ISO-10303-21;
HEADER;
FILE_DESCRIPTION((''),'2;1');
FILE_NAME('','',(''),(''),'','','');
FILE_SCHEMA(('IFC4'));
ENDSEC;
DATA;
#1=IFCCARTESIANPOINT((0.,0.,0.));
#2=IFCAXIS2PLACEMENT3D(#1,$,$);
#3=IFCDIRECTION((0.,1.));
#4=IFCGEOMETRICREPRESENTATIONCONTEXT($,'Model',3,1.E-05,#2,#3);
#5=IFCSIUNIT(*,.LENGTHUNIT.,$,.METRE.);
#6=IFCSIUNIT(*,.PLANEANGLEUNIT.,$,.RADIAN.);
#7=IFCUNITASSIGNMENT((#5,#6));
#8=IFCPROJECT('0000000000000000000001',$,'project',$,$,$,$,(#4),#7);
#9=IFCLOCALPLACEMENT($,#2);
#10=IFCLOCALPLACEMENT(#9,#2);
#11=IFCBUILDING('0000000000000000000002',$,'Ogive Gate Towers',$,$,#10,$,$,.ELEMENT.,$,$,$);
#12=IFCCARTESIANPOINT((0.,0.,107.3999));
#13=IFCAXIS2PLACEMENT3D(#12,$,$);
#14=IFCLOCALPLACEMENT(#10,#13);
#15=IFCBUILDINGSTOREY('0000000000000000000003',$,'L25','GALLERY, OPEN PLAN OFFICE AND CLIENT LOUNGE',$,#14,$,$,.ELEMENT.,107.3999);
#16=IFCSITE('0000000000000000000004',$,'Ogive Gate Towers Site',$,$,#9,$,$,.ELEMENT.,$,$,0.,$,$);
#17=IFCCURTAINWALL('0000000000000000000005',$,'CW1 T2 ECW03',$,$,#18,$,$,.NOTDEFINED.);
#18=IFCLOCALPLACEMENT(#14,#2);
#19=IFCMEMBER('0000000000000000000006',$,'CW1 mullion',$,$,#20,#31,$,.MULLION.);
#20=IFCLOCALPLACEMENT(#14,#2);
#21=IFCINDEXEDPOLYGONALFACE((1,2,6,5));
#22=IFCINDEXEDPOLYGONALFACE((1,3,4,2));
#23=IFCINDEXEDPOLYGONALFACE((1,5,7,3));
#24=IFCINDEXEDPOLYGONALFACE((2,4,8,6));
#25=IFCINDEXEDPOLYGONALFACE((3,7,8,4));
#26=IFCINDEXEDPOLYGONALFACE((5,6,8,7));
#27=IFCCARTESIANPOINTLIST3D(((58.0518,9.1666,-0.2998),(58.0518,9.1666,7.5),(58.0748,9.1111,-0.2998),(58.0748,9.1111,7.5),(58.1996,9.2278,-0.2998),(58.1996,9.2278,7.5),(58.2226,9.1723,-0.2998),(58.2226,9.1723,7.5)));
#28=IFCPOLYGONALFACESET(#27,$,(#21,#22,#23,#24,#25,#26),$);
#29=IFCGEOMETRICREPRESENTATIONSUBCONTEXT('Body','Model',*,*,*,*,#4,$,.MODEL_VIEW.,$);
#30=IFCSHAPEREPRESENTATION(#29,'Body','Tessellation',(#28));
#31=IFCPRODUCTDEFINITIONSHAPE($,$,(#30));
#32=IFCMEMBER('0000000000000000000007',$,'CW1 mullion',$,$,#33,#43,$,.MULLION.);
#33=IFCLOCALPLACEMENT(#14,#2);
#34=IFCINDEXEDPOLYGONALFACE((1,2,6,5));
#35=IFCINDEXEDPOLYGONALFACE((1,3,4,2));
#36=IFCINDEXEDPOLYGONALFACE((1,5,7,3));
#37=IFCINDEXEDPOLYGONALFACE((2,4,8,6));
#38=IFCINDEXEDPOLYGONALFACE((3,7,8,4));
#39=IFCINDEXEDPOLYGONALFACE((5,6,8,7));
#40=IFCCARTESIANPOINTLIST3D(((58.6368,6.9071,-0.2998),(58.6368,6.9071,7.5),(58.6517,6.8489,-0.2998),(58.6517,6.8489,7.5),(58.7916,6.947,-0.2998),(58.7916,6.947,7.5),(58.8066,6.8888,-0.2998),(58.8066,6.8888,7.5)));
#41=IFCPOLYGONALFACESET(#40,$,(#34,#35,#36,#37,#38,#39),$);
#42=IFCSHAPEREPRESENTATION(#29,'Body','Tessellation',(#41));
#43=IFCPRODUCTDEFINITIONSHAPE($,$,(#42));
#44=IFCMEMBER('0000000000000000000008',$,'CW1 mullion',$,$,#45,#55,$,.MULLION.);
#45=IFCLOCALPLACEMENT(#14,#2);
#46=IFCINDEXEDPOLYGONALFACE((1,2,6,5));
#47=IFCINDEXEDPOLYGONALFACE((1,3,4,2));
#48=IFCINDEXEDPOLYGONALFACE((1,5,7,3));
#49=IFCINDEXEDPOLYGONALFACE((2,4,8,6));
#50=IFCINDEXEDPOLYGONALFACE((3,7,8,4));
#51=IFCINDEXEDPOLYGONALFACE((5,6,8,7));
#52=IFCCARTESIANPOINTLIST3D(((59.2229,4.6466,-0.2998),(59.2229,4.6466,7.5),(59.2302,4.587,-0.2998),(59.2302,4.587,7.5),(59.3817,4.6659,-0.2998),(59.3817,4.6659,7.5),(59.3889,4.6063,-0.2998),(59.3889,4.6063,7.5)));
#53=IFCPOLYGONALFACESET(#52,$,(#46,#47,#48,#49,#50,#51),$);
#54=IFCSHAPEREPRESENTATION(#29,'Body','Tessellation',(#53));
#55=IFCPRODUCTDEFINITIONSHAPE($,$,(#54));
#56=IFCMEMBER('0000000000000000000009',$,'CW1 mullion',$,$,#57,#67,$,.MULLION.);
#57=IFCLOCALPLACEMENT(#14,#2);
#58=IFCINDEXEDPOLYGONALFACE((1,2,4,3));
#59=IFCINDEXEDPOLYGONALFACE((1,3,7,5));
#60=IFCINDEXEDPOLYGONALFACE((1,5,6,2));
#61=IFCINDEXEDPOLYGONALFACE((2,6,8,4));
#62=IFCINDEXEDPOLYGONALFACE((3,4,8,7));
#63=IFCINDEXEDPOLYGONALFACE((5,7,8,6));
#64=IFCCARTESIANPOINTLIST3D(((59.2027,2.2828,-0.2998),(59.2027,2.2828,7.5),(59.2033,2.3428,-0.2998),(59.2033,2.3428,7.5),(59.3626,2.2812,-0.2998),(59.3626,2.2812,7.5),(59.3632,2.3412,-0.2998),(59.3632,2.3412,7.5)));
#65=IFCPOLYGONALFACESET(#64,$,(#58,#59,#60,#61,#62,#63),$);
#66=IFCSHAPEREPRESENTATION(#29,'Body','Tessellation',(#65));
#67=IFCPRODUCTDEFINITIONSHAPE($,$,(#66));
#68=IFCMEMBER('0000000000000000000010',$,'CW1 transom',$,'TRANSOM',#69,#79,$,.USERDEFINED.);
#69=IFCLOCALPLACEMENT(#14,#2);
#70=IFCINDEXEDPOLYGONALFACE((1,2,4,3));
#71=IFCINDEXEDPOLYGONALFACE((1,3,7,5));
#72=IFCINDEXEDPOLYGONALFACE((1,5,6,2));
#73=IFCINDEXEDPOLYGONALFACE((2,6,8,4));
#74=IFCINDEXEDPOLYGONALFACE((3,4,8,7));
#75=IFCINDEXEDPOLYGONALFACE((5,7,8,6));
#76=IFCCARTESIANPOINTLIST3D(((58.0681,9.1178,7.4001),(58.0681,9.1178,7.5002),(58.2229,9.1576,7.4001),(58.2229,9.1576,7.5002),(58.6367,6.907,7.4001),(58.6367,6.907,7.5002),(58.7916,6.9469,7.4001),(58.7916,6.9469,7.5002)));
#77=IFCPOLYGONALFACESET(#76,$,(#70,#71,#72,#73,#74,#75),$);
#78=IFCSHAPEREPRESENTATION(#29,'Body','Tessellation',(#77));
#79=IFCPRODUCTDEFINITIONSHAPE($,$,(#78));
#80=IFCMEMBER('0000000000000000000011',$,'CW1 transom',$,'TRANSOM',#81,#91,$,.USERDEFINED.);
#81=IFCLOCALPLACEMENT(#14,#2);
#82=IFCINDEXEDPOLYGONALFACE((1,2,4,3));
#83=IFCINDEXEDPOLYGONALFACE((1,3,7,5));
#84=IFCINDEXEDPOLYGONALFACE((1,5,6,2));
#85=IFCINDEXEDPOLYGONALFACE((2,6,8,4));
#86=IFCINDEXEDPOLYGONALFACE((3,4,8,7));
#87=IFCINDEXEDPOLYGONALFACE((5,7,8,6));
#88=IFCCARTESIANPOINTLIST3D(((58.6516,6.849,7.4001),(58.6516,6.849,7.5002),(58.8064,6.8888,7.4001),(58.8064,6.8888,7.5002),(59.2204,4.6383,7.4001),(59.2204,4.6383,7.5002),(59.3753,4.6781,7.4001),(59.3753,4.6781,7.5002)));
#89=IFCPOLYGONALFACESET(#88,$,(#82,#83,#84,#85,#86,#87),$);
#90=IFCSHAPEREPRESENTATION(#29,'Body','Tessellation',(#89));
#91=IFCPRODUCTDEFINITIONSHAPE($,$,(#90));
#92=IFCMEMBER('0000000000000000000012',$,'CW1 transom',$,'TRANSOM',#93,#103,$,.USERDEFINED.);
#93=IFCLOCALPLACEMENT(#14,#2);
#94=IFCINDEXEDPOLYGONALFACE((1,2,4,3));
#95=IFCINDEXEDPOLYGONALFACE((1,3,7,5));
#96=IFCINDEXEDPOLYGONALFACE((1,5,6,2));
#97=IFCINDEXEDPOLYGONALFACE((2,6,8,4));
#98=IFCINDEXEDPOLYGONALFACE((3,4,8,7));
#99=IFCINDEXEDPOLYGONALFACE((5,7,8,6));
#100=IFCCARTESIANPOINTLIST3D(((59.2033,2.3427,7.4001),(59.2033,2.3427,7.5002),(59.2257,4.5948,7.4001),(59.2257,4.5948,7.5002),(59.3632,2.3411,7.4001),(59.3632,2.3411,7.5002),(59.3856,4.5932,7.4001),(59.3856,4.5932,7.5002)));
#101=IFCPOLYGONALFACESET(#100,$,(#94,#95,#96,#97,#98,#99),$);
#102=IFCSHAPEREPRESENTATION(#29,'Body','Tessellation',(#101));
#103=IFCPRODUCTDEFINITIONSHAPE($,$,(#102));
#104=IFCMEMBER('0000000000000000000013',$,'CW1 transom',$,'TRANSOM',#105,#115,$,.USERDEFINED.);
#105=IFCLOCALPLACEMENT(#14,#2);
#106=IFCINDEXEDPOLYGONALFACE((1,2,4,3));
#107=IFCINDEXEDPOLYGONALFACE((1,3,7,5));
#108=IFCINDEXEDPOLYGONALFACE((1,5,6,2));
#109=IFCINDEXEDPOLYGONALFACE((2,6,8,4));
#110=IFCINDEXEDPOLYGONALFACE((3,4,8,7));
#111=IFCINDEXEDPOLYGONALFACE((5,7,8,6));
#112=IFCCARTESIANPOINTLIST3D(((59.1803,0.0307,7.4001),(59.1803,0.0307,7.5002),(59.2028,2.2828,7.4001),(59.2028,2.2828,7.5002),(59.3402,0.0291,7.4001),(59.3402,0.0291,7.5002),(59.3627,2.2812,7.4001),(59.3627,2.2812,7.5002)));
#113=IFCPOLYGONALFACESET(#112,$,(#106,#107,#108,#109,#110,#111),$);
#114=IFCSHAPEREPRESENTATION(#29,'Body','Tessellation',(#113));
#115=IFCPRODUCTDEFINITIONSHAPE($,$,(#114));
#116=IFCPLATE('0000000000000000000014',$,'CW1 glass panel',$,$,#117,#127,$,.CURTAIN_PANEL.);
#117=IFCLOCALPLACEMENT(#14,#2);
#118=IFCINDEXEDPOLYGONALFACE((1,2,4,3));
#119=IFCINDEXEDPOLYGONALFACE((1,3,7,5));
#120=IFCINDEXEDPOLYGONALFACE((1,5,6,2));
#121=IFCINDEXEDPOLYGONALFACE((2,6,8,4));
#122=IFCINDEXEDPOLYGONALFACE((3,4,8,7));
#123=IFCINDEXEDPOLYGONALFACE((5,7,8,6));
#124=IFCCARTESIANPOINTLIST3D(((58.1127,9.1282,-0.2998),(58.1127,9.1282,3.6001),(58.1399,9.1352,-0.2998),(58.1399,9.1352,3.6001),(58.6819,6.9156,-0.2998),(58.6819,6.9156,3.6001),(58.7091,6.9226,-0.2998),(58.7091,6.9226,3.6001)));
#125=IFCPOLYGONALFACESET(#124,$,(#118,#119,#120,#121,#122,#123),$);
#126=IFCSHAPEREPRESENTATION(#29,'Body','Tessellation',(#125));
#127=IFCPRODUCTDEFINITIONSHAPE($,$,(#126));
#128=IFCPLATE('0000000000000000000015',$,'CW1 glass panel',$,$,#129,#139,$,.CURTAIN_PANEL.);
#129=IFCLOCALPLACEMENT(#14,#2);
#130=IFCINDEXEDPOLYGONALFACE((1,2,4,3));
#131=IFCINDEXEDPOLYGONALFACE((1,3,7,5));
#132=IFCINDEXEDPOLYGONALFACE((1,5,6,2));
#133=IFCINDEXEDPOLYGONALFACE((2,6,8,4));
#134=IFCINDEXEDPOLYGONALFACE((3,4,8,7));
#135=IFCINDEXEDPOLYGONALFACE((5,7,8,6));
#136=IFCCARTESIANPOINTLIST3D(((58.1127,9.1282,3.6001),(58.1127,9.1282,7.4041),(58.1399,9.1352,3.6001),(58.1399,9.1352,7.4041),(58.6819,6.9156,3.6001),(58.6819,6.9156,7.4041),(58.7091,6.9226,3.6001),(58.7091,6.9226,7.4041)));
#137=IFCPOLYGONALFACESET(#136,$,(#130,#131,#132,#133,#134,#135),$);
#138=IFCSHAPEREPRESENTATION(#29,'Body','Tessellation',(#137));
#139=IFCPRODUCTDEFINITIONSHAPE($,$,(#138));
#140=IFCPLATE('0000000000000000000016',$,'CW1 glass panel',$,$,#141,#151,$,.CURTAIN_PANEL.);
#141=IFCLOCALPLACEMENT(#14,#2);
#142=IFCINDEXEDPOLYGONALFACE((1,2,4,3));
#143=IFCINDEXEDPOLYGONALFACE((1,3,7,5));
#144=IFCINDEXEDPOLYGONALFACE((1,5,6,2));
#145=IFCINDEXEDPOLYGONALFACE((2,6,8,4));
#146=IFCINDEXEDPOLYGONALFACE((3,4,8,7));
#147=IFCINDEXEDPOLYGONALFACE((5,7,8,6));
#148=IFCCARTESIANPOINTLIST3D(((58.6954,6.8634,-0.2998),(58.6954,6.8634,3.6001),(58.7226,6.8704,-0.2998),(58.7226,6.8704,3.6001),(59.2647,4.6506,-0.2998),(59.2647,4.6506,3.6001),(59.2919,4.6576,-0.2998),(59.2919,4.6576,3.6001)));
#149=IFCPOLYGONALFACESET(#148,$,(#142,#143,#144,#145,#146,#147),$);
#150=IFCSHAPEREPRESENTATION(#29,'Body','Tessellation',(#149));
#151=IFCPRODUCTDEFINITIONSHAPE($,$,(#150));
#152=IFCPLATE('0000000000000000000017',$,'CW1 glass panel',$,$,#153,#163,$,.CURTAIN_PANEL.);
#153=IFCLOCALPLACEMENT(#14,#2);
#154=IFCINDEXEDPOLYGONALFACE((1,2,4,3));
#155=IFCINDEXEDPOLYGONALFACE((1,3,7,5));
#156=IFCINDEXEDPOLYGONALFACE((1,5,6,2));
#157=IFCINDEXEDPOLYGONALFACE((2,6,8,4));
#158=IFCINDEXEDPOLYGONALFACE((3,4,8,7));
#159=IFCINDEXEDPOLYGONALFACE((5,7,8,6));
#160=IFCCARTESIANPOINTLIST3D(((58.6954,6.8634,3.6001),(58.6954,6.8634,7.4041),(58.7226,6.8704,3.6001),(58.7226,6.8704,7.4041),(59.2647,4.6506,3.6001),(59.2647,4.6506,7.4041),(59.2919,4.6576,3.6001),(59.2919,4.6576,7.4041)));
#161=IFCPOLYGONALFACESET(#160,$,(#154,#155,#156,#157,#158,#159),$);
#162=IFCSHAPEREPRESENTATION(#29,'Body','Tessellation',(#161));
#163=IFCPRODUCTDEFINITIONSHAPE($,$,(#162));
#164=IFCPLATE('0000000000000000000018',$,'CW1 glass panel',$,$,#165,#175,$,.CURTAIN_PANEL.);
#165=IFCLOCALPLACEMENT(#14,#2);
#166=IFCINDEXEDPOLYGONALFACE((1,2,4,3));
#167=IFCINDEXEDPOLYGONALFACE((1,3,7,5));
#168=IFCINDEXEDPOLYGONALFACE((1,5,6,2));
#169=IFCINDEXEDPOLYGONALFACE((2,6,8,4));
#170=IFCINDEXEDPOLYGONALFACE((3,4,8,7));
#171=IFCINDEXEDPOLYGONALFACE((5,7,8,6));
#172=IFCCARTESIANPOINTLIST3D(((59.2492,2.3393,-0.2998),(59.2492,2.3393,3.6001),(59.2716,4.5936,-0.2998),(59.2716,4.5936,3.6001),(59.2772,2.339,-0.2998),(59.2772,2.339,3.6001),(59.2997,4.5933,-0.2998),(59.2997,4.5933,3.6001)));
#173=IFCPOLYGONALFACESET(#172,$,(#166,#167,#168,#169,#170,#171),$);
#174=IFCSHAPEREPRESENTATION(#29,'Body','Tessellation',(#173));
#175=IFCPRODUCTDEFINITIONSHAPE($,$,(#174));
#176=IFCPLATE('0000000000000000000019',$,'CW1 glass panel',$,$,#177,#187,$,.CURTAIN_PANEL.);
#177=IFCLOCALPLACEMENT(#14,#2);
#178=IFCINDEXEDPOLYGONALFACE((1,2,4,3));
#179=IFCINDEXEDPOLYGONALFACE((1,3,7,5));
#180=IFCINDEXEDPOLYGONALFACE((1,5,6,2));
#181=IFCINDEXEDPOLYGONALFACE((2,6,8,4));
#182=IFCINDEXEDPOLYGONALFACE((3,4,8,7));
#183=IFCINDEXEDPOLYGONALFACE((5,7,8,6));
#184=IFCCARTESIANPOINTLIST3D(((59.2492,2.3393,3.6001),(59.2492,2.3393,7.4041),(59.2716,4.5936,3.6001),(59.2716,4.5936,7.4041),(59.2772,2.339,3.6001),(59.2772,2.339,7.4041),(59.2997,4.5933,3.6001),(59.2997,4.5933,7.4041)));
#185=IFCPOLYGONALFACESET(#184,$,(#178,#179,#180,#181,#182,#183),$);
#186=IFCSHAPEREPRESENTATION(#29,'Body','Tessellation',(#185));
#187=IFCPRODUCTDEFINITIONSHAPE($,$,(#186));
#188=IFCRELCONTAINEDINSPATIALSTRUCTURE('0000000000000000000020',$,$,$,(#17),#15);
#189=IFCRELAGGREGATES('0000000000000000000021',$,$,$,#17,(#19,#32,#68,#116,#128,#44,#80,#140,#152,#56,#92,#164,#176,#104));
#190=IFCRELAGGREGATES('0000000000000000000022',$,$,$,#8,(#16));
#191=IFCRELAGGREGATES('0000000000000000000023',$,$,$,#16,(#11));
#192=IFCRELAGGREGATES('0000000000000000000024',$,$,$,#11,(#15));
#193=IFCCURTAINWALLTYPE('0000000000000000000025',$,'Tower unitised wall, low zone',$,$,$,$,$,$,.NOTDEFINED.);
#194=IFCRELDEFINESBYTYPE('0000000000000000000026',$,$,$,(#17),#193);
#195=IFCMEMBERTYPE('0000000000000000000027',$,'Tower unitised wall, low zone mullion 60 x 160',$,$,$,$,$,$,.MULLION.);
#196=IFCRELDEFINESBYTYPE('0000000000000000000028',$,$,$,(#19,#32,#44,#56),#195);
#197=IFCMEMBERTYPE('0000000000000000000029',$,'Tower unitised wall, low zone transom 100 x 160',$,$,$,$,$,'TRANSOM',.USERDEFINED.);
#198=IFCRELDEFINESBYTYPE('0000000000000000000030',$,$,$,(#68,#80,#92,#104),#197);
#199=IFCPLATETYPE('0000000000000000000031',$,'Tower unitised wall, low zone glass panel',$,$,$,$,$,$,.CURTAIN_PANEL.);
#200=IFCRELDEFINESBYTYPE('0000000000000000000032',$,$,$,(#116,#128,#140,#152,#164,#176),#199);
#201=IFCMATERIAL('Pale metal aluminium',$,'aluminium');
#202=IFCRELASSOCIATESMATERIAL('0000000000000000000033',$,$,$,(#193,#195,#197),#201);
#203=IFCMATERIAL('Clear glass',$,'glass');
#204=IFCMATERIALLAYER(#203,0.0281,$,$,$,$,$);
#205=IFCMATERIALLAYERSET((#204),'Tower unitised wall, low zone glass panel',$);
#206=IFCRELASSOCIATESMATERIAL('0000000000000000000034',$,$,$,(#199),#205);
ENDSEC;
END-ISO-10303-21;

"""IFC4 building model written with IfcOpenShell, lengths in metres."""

from ifc_helpers import new_model, si_unit, direction, frame, origin, origin_2d, place, context, subcontext, project, spatial, rectangle, extrude, material, layer, layer_set, material_profile, profile_set, type_object, element, aggregate, save


model = new_model("IFC4")

# Units and contexts
model_context = context("Model", 3, precision=1e-05, world=origin(), true_north=direction((0.0, 1.0)))
body_context = subcontext(model_context, "Body", "Model", "MODEL_VIEW")
ifc_project = project(units=[si_unit("LENGTHUNIT", "METRE"), si_unit("PLANEANGLEUNIT", "RADIAN")], contexts=[model_context])

# Site, building, storey
site_placement = place(None, origin())
site = spatial("IfcSite", under=ifc_project, at=site_placement, Name="Ogive Gate Towers Site", CompositionType="ELEMENT", RefElevation=0.0)
building_placement = place(site_placement, origin())
building = spatial("IfcBuilding", under=site, at=building_placement, Name="Ogive Gate Towers", CompositionType="ELEMENT")
storey_placement = place(building_placement, frame((0.0, 0.0, 107.3999)))
storey = spatial("IfcBuildingStorey", under=building, at=storey_placement, Name="L25", Description="GALLERY, OPEN PLAN OFFICE AND CLIENT LOUNGE", CompositionType="ELEMENT", Elevation=107.3999)

# Curtain wall, members, plates
ifc_material_1 = material(Name="Pale metal aluminium", Category="aluminium")
curtain_wall_type = type_object("IfcCurtainWallType", Name="Tower unitised wall, low zone", PredefinedType="NOTDEFINED", material=ifc_material_1)
curtain_wall_placement = place(storey_placement, origin())
curtain_wall = element("IfcCurtainWall", 1, at=curtain_wall_placement, inside=storey, type_object=curtain_wall_type, Name="CW1 T2 ECW03", PredefinedType="NOTDEFINED")
ifc_material_profile_1 = material_profile(ifc_material_1, rectangle(XDim=0.1599, YDim=0.0601, at=origin_2d()), Name="60 x 160 aluminium box")
ifc_profile_set_1 = profile_set([ifc_material_profile_1], Name="Pale metal aluminium")
member_type_1 = type_object("IfcMemberType", Name="Tower unitised wall, low zone mullion 60 x 160", PredefinedType="MULLION", material=ifc_profile_set_1)
member_1_placement = place(storey_placement, frame((58.1372, 9.1694, -0.2998), z_axis=(0.0, 0.0, 1.0), x_axis=(-0.923886, -0.382667, 0.0)))
member_1 = element("IfcMember", 2, at=member_1_placement, type_object=member_type_1, Name="CW1 mullion", PredefinedType="MULLION", context=body_context, shape_type="SweptSolid", body=[
    extrude(rectangle(XDim=0.1599, YDim=0.0601, at=origin_2d()), origin(), (0.0, 0.0, 1.0), 7.7998),
])
member_2_placement = place(storey_placement, frame((58.7217, 6.8979, -0.2998), z_axis=(0.0, 0.0, 1.0), x_axis=(-0.96847, -0.249129, 0.0)))
member_2 = element("IfcMember", 3, at=member_2_placement, type_object=member_type_1, Name="CW1 mullion", PredefinedType="MULLION", context=body_context, shape_type="SweptSolid", body=[
    extrude(rectangle(XDim=0.1599, YDim=0.0601, at=origin_2d()), origin(), (0.0, 0.0, 1.0), 7.7998),
])
member_3_placement = place(storey_placement, frame((59.3059, 4.6265, -0.2998), z_axis=(0.0, 0.0, 1.0), x_axis=(-0.992696, -0.120639, 0.0)))
member_3 = element("IfcMember", 4, at=member_3_placement, type_object=member_type_1, Name="CW1 mullion", PredefinedType="MULLION", context=body_context, shape_type="SweptSolid", body=[
    extrude(rectangle(XDim=0.1599, YDim=0.0601, at=origin_2d()), origin(), (0.0, 0.0, 1.0), 7.7998),
])
member_4_placement = place(storey_placement, frame((59.283, 2.312, -0.2998), z_axis=(0.0, 0.0, 1.0), x_axis=(-0.999951, 0.009931, 0.0)))
member_4 = element("IfcMember", 5, at=member_4_placement, type_object=member_type_1, Name="CW1 mullion", PredefinedType="MULLION", context=body_context, shape_type="SweptSolid", body=[
    extrude(rectangle(XDim=0.1599, YDim=0.0601, at=origin_2d()), origin(), (0.0, 0.0, 1.0), 7.7998),
])
ifc_material_profile_2 = material_profile(ifc_material_1, rectangle(XDim=0.1599, YDim=0.1001, at=origin_2d()), Name="100 x 160 aluminium box")
ifc_profile_set_2 = profile_set([ifc_material_profile_2], Name="Pale metal aluminium")
member_type_2 = type_object("IfcMemberType", Name="Tower unitised wall, low zone transom 100 x 160", ElementType="TRANSOM", PredefinedType="USERDEFINED", material=ifc_profile_set_2)
member_5_placement = place(storey_placement, frame((58.1455, 9.1377, 7.4502), z_axis=(0.249098, -0.968478, 0.0), x_axis=(0.968478, 0.249098, 0.0)))
member_5 = element("IfcMember", 6, at=member_5_placement, type_object=member_type_2, Name="CW1 transom", ObjectType="TRANSOM", PredefinedType="USERDEFINED", context=body_context, shape_type="SweptSolid", body=[
    extrude(rectangle(XDim=0.1599, YDim=0.1001, at=origin_2d()), origin(), (0.0, 0.0, 1.0), 2.2827),
])
member_6_placement = place(storey_placement, frame((58.729, 6.8689, 7.4502), z_axis=(0.249199, -0.968452, 0.0), x_axis=(0.968452, 0.249199, 0.0)))
member_6 = element("IfcMember", 7, at=member_6_placement, type_object=member_type_2, Name="CW1 transom", ObjectType="TRANSOM", PredefinedType="USERDEFINED", context=body_context, shape_type="SweptSolid", body=[
    extrude(rectangle(XDim=0.1599, YDim=0.1001, at=origin_2d()), origin(), (0.0, 0.0, 1.0), 2.2827),
])
member_7_placement = place(storey_placement, frame((59.3057, 4.594, 7.4502), z_axis=(-0.009972, -0.99995, 0.0), x_axis=(0.99995, -0.009972, 0.0)))
member_7 = element("IfcMember", 8, at=member_7_placement, type_object=member_type_2, Name="CW1 transom", ObjectType="TRANSOM", PredefinedType="USERDEFINED", context=body_context, shape_type="SweptSolid", body=[
    extrude(rectangle(XDim=0.1599, YDim=0.1001, at=origin_2d()), origin(), (0.0, 0.0, 1.0), 2.2522),
])
member_8_placement = place(storey_placement, frame((59.2827, 2.282, 7.4502), z_axis=(-0.009972, -0.99995, 0.0), x_axis=(0.99995, -0.009972, 0.0)))
member_8 = element("IfcMember", 9, at=member_8_placement, type_object=member_type_2, Name="CW1 transom", ObjectType="TRANSOM", PredefinedType="USERDEFINED", context=body_context, shape_type="SweptSolid", body=[
    extrude(rectangle(XDim=0.1599, YDim=0.1001, at=origin_2d()), origin(), (0.0, 0.0, 1.0), 2.2522),
])
ifc_material_2 = material(Name="Clear glass", Category="glass")
ifc_layer_1 = layer(ifc_material_2, 0.0281)
ifc_layer_set_1 = layer_set([ifc_layer_1], Name="Tower unitised wall, low zone glass panel")
plate_type = type_object("IfcPlateType", Name="Tower unitised wall, low zone glass panel", PredefinedType="CURTAIN_PANEL", material=ifc_layer_set_1)
plate_1_placement = place(storey_placement, frame((58.4109, 8.0254, -0.2998), z_axis=(0.0, 0.0, 1.0), x_axis=(0.249112, -0.968475, 0.0)))
plate_1 = element("IfcPlate", 10, at=plate_1_placement, type_object=plate_type, Name="CW1 glass panel", PredefinedType="CURTAIN_PANEL", context=body_context, shape_type="SweptSolid", body=[
    extrude(rectangle(XDim=2.2847, YDim=0.0281, at=origin_2d()), origin(), (0.0, 0.0, 1.0), 3.8999),
])
plate_2_placement = place(storey_placement, frame((58.4109, 8.0254, 3.6001), z_axis=(0.0, 0.0, 1.0), x_axis=(0.249112, -0.968475, 0.0)))
plate_2 = element("IfcPlate", 11, at=plate_2_placement, type_object=plate_type, Name="CW1 glass panel", PredefinedType="CURTAIN_PANEL", context=body_context, shape_type="SweptSolid", body=[
    extrude(rectangle(XDim=2.2847, YDim=0.0281, at=origin_2d()), origin(), (0.0, 0.0, 1.0), 3.804),
])
plate_3_placement = place(storey_placement, frame((58.9937, 5.7605, -0.2998), z_axis=(0.0, 0.0, 1.0), x_axis=(0.249146, -0.968466, 0.0)))
plate_3 = element("IfcPlate", 12, at=plate_3_placement, type_object=plate_type, Name="CW1 glass panel", PredefinedType="CURTAIN_PANEL", context=body_context, shape_type="SweptSolid", body=[
    extrude(rectangle(XDim=2.2849, YDim=0.0281, at=origin_2d()), origin(), (0.0, 0.0, 1.0), 3.8999),
])
plate_4_placement = place(storey_placement, frame((58.9937, 5.7605, 3.6001), z_axis=(0.0, 0.0, 1.0), x_axis=(0.249146, -0.968466, 0.0)))
plate_4 = element("IfcPlate", 13, at=plate_4_placement, type_object=plate_type, Name="CW1 glass panel", PredefinedType="CURTAIN_PANEL", context=body_context, shape_type="SweptSolid", body=[
    extrude(rectangle(XDim=2.2849, YDim=0.0281, at=origin_2d()), origin(), (0.0, 0.0, 1.0), 3.804),
])
plate_5_placement = place(storey_placement, frame((59.2744, 3.4663, -0.2998), z_axis=(0.0, 0.0, 1.0), x_axis=(-0.009948, -0.999951, 0.0)))
plate_5 = element("IfcPlate", 14, at=plate_5_placement, type_object=plate_type, Name="CW1 glass panel", PredefinedType="CURTAIN_PANEL", context=body_context, shape_type="SweptSolid", body=[
    extrude(rectangle(XDim=2.2544, YDim=0.0281, at=origin_2d()), origin(), (0.0, 0.0, 1.0), 3.8999),
])
plate_6_placement = place(storey_placement, frame((59.2744, 3.4663, 3.6001), z_axis=(0.0, 0.0, 1.0), x_axis=(-0.009948, -0.999951, 0.0)))
plate_6 = element("IfcPlate", 15, at=plate_6_placement, type_object=plate_type, Name="CW1 glass panel", PredefinedType="CURTAIN_PANEL", context=body_context, shape_type="SweptSolid", body=[
    extrude(rectangle(XDim=2.2544, YDim=0.0281, at=origin_2d()), origin(), (0.0, 0.0, 1.0), 3.804),
])
aggregate(curtain_wall, [member_1, member_2, member_5, plate_1, plate_2, member_3, member_6, plate_3, plate_4, member_4, member_7, plate_5, plate_6, member_8])

save(model, "model.ifc")
